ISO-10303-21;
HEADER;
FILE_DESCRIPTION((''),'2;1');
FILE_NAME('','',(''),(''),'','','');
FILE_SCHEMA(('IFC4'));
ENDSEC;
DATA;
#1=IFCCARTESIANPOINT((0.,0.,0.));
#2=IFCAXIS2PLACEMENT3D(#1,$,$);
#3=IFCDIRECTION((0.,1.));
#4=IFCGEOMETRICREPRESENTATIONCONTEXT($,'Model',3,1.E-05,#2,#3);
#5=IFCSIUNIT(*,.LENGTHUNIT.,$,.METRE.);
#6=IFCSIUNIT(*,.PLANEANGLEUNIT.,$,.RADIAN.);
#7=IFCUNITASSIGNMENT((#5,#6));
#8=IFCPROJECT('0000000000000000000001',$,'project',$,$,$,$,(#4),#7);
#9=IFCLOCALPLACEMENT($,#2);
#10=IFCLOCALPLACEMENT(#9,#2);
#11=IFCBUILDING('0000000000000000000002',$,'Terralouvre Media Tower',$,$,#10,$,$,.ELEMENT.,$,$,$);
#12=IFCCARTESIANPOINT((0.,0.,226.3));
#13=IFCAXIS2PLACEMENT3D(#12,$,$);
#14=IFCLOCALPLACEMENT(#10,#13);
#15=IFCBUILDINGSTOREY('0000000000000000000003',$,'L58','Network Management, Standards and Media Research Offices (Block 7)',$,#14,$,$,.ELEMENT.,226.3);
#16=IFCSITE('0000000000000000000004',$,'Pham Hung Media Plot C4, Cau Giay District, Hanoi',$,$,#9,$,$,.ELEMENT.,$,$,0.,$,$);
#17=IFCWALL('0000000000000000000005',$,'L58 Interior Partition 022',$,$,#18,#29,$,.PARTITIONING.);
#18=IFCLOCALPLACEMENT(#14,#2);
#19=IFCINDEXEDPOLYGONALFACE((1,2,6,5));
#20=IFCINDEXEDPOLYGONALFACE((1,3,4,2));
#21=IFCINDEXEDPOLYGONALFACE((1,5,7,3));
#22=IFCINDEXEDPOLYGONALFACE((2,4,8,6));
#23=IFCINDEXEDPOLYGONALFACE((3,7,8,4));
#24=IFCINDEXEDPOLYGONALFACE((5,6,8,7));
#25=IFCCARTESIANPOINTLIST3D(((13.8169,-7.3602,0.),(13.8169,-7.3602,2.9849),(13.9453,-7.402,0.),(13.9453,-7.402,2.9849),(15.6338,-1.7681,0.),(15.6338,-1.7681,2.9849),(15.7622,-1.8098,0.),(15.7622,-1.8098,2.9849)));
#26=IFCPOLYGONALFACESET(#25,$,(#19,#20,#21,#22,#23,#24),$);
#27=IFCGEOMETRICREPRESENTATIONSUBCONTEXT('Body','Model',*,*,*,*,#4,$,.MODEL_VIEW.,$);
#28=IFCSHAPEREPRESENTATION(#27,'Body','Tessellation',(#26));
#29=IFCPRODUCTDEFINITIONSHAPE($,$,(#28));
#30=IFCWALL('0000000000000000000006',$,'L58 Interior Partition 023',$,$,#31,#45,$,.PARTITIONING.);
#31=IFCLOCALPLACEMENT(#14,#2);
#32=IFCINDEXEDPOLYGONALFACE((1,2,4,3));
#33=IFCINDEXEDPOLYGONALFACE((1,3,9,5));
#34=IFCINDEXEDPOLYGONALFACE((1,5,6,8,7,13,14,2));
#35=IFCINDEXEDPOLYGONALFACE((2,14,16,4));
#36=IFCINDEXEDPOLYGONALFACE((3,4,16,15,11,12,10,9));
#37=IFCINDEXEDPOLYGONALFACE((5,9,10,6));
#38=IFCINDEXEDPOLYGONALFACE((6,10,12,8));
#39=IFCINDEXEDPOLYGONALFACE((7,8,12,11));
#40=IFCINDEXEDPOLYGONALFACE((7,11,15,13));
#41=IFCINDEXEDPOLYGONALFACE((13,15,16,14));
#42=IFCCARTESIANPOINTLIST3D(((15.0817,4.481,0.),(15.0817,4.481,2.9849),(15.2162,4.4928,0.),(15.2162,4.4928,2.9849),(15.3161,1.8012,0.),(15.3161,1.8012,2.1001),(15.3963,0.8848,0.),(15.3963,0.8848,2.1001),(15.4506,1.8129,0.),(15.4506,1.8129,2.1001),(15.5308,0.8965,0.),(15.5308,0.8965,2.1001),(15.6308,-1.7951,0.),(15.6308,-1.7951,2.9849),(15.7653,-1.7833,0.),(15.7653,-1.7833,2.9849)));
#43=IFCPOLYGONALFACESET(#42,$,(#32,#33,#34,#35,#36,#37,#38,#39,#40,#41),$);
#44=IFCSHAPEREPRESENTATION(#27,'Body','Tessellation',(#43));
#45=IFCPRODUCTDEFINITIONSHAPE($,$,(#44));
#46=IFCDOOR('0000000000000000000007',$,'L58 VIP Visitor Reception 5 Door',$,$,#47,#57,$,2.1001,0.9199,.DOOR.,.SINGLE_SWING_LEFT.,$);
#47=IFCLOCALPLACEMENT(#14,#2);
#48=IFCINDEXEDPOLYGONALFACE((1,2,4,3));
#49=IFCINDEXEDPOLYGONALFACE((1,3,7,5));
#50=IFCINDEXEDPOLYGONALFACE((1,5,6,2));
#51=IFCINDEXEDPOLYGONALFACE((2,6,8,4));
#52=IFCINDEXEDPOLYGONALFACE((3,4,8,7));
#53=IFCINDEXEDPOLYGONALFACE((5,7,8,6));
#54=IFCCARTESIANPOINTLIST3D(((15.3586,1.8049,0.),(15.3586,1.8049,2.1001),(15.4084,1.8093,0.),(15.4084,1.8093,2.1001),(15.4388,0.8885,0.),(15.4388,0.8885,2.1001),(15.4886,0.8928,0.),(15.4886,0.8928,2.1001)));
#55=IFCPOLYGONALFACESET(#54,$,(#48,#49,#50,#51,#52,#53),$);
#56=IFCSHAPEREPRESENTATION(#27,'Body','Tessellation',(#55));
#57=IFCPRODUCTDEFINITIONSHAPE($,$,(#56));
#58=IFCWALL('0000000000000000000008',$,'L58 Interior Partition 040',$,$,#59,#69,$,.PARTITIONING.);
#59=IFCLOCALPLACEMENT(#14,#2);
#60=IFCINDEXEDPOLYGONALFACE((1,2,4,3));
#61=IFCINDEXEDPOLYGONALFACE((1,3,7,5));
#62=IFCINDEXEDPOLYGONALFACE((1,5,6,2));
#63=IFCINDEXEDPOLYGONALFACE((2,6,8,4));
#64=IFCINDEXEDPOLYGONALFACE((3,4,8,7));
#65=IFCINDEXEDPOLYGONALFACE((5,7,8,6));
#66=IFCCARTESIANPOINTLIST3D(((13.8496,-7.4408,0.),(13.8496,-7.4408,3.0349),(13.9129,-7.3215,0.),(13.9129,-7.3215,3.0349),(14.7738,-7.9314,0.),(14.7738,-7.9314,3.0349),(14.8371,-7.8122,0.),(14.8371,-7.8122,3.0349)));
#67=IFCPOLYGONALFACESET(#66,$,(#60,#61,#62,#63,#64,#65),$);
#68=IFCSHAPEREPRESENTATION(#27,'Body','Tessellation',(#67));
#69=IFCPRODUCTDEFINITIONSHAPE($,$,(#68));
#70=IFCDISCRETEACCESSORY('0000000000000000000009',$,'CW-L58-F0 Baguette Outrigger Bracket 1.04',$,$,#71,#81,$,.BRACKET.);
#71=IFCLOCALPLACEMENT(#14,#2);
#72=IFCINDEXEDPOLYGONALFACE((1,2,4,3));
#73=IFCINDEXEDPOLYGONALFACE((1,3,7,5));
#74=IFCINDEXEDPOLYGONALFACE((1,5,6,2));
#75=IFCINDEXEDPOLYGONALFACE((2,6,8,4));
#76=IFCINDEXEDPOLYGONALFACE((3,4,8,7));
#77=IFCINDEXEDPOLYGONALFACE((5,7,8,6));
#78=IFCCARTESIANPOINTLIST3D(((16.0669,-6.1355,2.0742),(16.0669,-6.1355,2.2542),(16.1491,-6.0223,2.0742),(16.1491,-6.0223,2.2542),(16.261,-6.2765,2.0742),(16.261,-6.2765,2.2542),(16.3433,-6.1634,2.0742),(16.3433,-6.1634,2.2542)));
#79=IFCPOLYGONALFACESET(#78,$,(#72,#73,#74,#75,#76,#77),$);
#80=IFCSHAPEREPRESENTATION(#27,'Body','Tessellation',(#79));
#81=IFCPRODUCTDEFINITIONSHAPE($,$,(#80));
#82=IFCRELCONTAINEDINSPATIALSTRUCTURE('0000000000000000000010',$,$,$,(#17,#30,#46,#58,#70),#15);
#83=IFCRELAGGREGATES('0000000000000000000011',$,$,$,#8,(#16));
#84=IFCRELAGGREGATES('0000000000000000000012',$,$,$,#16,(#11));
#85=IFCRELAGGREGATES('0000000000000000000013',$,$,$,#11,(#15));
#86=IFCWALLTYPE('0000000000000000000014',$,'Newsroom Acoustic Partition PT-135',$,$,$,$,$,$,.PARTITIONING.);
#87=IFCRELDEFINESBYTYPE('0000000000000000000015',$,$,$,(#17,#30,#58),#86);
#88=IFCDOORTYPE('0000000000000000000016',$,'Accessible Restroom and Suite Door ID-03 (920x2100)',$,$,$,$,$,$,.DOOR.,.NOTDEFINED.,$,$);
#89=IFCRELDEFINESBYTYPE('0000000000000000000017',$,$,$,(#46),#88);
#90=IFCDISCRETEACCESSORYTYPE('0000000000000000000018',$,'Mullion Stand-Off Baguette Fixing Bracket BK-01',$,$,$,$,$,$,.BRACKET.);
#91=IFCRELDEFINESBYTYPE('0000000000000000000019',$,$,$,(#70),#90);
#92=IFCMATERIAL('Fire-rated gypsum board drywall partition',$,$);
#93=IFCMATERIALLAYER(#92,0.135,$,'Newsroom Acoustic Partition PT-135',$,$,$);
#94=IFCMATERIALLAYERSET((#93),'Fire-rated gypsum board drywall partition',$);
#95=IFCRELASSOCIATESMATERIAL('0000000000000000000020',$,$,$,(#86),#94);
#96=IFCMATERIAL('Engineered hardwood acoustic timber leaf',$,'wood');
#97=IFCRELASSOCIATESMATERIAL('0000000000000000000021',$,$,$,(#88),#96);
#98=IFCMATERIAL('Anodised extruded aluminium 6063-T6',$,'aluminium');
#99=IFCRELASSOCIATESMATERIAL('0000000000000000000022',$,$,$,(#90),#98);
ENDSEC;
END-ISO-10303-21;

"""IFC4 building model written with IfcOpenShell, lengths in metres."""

from ifc_helpers import new_model, si_unit, direction, frame, frame_2d, origin, origin_2d, place, context, subcontext, project, spatial, rectangle, extrude, material, layer, layer_set, type_object, element, fill, save


model = new_model("IFC4")

# Units and contexts
model_context = context("Model", 3, precision=1e-05, world=origin(), true_north=direction((0.0, 1.0)))
body_context = subcontext(model_context, "Body", "Model", "MODEL_VIEW")
ifc_project = project(units=[si_unit("LENGTHUNIT", "METRE"), si_unit("PLANEANGLEUNIT", "RADIAN")], contexts=[model_context])

# Site, building, storey
site_placement = place(None, origin())
site = spatial("IfcSite", under=ifc_project, at=site_placement, Name="Pham Hung Media Plot C4, Cau Giay District, Hanoi", CompositionType="ELEMENT", RefElevation=0.0)
building_placement = place(site_placement, origin())
building = spatial("IfcBuilding", under=site, at=building_placement, Name="Terralouvre Media Tower", CompositionType="ELEMENT")
storey_placement = place(building_placement, frame((0.0, 0.0, 226.3)))
storey = spatial("IfcBuildingStorey", under=building, at=storey_placement, Name="L58", Description="Network Management, Standards and Media Research Offices (Block 7)", CompositionType="ELEMENT", Elevation=226.3)

# Shared definitions
ifc_material_1 = material(Name="Fire-rated gypsum board drywall partition")
ifc_layer_1 = layer(ifc_material_1, 0.135, Name="Newsroom Acoustic Partition PT-135")
ifc_layer_set_1 = layer_set([ifc_layer_1], Name="Fire-rated gypsum board drywall partition")
wall_type_1 = type_object("IfcWallType", Name="Newsroom Acoustic Partition PT-135", PredefinedType="PARTITIONING", material=ifc_layer_set_1)

# Wall
wall_1_placement = place(storey_placement, frame((13.8811, -7.3811, 0.0), z_axis=(0.0, 0.0, 1.0), x_axis=(0.309006, 0.95106, 0.0)))
element("IfcWall", 1, at=wall_1_placement, inside=storey, type_object=wall_type_1, Name="L58 Interior Partition 022", PredefinedType="PARTITIONING", context=body_context, shape_type="SweptSolid", body=[
    extrude(rectangle(XDim=5.8799, YDim=0.135, at=frame_2d((2.9399, 0.0))), origin(), (0.0, 0.0, 1.0), 2.9849),
])

# Wall, opening, door
wall_2_placement = place(storey_placement, frame((15.698, -1.7891, 0.0), z_axis=(0.0, 0.0, 1.0), x_axis=(-0.087153, 0.996195, 0.0)))
wall_2 = element("IfcWall", 2, at=wall_2_placement, inside=storey, type_object=wall_type_1, Name="L58 Interior Partition 023", PredefinedType="PARTITIONING", context=body_context, shape_type="SweptSolid", body=[
    extrude(rectangle(XDim=6.3, YDim=0.135, at=frame_2d((3.1499, 0.0))), origin(), (0.0, 0.0, 1.0), 2.9849),
])
opening_1_placement = place(wall_2_placement, frame((2.6899, 0.0, 0.0)))
opening_1 = element("IfcOpeningElement", 3, at=opening_1_placement, cuts=wall_2, PredefinedType="OPENING", context=body_context, shape_type="SweptSolid", body=[
    extrude(rectangle(XDim=0.9199, YDim=2.1001, at=frame_2d((0.46, 1.05))), frame((0.0, 0.0774, 0.0), z_axis=(0.0, -1.0, 0.0), x_axis=(1.0, 0.0, 0.0)), (0.0, 0.0, 1.0), 0.155),
])
ifc_material_2 = material(Name="Engineered hardwood acoustic timber leaf", Category="wood")
door_type_1 = type_object("IfcDoorType", Name="Accessible Restroom and Suite Door ID-03 (920x2100)", OperationType="NOTDEFINED", PredefinedType="DOOR", material=ifc_material_2)
door_1_placement = place(opening_1_placement, origin())
door_1 = element("IfcDoor", 4, at=door_1_placement, inside=storey, type_object=door_type_1, Name="L58 VIP Visitor Reception 5 Door", OperationType="SINGLE_SWING_LEFT", OverallHeight=2.1001, OverallWidth=0.9199, PredefinedType="DOOR", context=body_context, shape_type="SweptSolid", body=[
    extrude(rectangle(XDim=0.9199, YDim=2.1001, at=frame_2d((0.46, 1.05))), frame((0.0, 0.0249, 0.0), z_axis=(0.0, -1.0, 0.0), x_axis=(1.0, 0.0, 0.0)), (0.0, 0.0, 1.0), 0.05),
])
fill(opening_1, door_1)

# Wall
wall_3_placement = place(storey_placement, frame((14.8054, -7.8718, 0.0), z_axis=(0.0, 0.0, 1.0), x_axis=(-0.883243, 0.468916, 0.0)))
element("IfcWall", 5, at=wall_3_placement, inside=storey, type_object=wall_type_1, Name="L58 Interior Partition 040", PredefinedType="PARTITIONING", context=body_context, shape_type="SweptSolid", body=[
    extrude(rectangle(XDim=1.0464, YDim=0.135, at=frame_2d((0.5232, 0.0))), origin(), (0.0, 0.0, 1.0), 3.0349),
])

# Discrete accessory
ifc_material_3 = material(Name="Anodised extruded aluminium 6063-T6", Category="aluminium")
discrete_accessory_type = type_object("IfcDiscreteAccessoryType", Name="Mullion Stand-Off Baguette Fixing Bracket BK-01", PredefinedType="BRACKET", material=ifc_material_3)
discrete_accessory_placement = place(storey_placement, frame((16.2051, -6.1494, 2.0742), z_axis=(0.0, 0.0, 1.0), x_axis=(0.587785, 0.809017, 0.0)))
element("IfcDiscreteAccessory", 6, at=discrete_accessory_placement, inside=storey, type_object=discrete_accessory_type, Name="CW-L58-F0 Baguette Outrigger Bracket 1.04", PredefinedType="BRACKET", context=body_context, shape_type="SweptSolid", body=[
    extrude(rectangle(XDim=0.1399, YDim=0.24, at=origin_2d()), origin(), (0.0, 0.0, 1.0), 0.1799),
])

save(model, "model.ifc")
